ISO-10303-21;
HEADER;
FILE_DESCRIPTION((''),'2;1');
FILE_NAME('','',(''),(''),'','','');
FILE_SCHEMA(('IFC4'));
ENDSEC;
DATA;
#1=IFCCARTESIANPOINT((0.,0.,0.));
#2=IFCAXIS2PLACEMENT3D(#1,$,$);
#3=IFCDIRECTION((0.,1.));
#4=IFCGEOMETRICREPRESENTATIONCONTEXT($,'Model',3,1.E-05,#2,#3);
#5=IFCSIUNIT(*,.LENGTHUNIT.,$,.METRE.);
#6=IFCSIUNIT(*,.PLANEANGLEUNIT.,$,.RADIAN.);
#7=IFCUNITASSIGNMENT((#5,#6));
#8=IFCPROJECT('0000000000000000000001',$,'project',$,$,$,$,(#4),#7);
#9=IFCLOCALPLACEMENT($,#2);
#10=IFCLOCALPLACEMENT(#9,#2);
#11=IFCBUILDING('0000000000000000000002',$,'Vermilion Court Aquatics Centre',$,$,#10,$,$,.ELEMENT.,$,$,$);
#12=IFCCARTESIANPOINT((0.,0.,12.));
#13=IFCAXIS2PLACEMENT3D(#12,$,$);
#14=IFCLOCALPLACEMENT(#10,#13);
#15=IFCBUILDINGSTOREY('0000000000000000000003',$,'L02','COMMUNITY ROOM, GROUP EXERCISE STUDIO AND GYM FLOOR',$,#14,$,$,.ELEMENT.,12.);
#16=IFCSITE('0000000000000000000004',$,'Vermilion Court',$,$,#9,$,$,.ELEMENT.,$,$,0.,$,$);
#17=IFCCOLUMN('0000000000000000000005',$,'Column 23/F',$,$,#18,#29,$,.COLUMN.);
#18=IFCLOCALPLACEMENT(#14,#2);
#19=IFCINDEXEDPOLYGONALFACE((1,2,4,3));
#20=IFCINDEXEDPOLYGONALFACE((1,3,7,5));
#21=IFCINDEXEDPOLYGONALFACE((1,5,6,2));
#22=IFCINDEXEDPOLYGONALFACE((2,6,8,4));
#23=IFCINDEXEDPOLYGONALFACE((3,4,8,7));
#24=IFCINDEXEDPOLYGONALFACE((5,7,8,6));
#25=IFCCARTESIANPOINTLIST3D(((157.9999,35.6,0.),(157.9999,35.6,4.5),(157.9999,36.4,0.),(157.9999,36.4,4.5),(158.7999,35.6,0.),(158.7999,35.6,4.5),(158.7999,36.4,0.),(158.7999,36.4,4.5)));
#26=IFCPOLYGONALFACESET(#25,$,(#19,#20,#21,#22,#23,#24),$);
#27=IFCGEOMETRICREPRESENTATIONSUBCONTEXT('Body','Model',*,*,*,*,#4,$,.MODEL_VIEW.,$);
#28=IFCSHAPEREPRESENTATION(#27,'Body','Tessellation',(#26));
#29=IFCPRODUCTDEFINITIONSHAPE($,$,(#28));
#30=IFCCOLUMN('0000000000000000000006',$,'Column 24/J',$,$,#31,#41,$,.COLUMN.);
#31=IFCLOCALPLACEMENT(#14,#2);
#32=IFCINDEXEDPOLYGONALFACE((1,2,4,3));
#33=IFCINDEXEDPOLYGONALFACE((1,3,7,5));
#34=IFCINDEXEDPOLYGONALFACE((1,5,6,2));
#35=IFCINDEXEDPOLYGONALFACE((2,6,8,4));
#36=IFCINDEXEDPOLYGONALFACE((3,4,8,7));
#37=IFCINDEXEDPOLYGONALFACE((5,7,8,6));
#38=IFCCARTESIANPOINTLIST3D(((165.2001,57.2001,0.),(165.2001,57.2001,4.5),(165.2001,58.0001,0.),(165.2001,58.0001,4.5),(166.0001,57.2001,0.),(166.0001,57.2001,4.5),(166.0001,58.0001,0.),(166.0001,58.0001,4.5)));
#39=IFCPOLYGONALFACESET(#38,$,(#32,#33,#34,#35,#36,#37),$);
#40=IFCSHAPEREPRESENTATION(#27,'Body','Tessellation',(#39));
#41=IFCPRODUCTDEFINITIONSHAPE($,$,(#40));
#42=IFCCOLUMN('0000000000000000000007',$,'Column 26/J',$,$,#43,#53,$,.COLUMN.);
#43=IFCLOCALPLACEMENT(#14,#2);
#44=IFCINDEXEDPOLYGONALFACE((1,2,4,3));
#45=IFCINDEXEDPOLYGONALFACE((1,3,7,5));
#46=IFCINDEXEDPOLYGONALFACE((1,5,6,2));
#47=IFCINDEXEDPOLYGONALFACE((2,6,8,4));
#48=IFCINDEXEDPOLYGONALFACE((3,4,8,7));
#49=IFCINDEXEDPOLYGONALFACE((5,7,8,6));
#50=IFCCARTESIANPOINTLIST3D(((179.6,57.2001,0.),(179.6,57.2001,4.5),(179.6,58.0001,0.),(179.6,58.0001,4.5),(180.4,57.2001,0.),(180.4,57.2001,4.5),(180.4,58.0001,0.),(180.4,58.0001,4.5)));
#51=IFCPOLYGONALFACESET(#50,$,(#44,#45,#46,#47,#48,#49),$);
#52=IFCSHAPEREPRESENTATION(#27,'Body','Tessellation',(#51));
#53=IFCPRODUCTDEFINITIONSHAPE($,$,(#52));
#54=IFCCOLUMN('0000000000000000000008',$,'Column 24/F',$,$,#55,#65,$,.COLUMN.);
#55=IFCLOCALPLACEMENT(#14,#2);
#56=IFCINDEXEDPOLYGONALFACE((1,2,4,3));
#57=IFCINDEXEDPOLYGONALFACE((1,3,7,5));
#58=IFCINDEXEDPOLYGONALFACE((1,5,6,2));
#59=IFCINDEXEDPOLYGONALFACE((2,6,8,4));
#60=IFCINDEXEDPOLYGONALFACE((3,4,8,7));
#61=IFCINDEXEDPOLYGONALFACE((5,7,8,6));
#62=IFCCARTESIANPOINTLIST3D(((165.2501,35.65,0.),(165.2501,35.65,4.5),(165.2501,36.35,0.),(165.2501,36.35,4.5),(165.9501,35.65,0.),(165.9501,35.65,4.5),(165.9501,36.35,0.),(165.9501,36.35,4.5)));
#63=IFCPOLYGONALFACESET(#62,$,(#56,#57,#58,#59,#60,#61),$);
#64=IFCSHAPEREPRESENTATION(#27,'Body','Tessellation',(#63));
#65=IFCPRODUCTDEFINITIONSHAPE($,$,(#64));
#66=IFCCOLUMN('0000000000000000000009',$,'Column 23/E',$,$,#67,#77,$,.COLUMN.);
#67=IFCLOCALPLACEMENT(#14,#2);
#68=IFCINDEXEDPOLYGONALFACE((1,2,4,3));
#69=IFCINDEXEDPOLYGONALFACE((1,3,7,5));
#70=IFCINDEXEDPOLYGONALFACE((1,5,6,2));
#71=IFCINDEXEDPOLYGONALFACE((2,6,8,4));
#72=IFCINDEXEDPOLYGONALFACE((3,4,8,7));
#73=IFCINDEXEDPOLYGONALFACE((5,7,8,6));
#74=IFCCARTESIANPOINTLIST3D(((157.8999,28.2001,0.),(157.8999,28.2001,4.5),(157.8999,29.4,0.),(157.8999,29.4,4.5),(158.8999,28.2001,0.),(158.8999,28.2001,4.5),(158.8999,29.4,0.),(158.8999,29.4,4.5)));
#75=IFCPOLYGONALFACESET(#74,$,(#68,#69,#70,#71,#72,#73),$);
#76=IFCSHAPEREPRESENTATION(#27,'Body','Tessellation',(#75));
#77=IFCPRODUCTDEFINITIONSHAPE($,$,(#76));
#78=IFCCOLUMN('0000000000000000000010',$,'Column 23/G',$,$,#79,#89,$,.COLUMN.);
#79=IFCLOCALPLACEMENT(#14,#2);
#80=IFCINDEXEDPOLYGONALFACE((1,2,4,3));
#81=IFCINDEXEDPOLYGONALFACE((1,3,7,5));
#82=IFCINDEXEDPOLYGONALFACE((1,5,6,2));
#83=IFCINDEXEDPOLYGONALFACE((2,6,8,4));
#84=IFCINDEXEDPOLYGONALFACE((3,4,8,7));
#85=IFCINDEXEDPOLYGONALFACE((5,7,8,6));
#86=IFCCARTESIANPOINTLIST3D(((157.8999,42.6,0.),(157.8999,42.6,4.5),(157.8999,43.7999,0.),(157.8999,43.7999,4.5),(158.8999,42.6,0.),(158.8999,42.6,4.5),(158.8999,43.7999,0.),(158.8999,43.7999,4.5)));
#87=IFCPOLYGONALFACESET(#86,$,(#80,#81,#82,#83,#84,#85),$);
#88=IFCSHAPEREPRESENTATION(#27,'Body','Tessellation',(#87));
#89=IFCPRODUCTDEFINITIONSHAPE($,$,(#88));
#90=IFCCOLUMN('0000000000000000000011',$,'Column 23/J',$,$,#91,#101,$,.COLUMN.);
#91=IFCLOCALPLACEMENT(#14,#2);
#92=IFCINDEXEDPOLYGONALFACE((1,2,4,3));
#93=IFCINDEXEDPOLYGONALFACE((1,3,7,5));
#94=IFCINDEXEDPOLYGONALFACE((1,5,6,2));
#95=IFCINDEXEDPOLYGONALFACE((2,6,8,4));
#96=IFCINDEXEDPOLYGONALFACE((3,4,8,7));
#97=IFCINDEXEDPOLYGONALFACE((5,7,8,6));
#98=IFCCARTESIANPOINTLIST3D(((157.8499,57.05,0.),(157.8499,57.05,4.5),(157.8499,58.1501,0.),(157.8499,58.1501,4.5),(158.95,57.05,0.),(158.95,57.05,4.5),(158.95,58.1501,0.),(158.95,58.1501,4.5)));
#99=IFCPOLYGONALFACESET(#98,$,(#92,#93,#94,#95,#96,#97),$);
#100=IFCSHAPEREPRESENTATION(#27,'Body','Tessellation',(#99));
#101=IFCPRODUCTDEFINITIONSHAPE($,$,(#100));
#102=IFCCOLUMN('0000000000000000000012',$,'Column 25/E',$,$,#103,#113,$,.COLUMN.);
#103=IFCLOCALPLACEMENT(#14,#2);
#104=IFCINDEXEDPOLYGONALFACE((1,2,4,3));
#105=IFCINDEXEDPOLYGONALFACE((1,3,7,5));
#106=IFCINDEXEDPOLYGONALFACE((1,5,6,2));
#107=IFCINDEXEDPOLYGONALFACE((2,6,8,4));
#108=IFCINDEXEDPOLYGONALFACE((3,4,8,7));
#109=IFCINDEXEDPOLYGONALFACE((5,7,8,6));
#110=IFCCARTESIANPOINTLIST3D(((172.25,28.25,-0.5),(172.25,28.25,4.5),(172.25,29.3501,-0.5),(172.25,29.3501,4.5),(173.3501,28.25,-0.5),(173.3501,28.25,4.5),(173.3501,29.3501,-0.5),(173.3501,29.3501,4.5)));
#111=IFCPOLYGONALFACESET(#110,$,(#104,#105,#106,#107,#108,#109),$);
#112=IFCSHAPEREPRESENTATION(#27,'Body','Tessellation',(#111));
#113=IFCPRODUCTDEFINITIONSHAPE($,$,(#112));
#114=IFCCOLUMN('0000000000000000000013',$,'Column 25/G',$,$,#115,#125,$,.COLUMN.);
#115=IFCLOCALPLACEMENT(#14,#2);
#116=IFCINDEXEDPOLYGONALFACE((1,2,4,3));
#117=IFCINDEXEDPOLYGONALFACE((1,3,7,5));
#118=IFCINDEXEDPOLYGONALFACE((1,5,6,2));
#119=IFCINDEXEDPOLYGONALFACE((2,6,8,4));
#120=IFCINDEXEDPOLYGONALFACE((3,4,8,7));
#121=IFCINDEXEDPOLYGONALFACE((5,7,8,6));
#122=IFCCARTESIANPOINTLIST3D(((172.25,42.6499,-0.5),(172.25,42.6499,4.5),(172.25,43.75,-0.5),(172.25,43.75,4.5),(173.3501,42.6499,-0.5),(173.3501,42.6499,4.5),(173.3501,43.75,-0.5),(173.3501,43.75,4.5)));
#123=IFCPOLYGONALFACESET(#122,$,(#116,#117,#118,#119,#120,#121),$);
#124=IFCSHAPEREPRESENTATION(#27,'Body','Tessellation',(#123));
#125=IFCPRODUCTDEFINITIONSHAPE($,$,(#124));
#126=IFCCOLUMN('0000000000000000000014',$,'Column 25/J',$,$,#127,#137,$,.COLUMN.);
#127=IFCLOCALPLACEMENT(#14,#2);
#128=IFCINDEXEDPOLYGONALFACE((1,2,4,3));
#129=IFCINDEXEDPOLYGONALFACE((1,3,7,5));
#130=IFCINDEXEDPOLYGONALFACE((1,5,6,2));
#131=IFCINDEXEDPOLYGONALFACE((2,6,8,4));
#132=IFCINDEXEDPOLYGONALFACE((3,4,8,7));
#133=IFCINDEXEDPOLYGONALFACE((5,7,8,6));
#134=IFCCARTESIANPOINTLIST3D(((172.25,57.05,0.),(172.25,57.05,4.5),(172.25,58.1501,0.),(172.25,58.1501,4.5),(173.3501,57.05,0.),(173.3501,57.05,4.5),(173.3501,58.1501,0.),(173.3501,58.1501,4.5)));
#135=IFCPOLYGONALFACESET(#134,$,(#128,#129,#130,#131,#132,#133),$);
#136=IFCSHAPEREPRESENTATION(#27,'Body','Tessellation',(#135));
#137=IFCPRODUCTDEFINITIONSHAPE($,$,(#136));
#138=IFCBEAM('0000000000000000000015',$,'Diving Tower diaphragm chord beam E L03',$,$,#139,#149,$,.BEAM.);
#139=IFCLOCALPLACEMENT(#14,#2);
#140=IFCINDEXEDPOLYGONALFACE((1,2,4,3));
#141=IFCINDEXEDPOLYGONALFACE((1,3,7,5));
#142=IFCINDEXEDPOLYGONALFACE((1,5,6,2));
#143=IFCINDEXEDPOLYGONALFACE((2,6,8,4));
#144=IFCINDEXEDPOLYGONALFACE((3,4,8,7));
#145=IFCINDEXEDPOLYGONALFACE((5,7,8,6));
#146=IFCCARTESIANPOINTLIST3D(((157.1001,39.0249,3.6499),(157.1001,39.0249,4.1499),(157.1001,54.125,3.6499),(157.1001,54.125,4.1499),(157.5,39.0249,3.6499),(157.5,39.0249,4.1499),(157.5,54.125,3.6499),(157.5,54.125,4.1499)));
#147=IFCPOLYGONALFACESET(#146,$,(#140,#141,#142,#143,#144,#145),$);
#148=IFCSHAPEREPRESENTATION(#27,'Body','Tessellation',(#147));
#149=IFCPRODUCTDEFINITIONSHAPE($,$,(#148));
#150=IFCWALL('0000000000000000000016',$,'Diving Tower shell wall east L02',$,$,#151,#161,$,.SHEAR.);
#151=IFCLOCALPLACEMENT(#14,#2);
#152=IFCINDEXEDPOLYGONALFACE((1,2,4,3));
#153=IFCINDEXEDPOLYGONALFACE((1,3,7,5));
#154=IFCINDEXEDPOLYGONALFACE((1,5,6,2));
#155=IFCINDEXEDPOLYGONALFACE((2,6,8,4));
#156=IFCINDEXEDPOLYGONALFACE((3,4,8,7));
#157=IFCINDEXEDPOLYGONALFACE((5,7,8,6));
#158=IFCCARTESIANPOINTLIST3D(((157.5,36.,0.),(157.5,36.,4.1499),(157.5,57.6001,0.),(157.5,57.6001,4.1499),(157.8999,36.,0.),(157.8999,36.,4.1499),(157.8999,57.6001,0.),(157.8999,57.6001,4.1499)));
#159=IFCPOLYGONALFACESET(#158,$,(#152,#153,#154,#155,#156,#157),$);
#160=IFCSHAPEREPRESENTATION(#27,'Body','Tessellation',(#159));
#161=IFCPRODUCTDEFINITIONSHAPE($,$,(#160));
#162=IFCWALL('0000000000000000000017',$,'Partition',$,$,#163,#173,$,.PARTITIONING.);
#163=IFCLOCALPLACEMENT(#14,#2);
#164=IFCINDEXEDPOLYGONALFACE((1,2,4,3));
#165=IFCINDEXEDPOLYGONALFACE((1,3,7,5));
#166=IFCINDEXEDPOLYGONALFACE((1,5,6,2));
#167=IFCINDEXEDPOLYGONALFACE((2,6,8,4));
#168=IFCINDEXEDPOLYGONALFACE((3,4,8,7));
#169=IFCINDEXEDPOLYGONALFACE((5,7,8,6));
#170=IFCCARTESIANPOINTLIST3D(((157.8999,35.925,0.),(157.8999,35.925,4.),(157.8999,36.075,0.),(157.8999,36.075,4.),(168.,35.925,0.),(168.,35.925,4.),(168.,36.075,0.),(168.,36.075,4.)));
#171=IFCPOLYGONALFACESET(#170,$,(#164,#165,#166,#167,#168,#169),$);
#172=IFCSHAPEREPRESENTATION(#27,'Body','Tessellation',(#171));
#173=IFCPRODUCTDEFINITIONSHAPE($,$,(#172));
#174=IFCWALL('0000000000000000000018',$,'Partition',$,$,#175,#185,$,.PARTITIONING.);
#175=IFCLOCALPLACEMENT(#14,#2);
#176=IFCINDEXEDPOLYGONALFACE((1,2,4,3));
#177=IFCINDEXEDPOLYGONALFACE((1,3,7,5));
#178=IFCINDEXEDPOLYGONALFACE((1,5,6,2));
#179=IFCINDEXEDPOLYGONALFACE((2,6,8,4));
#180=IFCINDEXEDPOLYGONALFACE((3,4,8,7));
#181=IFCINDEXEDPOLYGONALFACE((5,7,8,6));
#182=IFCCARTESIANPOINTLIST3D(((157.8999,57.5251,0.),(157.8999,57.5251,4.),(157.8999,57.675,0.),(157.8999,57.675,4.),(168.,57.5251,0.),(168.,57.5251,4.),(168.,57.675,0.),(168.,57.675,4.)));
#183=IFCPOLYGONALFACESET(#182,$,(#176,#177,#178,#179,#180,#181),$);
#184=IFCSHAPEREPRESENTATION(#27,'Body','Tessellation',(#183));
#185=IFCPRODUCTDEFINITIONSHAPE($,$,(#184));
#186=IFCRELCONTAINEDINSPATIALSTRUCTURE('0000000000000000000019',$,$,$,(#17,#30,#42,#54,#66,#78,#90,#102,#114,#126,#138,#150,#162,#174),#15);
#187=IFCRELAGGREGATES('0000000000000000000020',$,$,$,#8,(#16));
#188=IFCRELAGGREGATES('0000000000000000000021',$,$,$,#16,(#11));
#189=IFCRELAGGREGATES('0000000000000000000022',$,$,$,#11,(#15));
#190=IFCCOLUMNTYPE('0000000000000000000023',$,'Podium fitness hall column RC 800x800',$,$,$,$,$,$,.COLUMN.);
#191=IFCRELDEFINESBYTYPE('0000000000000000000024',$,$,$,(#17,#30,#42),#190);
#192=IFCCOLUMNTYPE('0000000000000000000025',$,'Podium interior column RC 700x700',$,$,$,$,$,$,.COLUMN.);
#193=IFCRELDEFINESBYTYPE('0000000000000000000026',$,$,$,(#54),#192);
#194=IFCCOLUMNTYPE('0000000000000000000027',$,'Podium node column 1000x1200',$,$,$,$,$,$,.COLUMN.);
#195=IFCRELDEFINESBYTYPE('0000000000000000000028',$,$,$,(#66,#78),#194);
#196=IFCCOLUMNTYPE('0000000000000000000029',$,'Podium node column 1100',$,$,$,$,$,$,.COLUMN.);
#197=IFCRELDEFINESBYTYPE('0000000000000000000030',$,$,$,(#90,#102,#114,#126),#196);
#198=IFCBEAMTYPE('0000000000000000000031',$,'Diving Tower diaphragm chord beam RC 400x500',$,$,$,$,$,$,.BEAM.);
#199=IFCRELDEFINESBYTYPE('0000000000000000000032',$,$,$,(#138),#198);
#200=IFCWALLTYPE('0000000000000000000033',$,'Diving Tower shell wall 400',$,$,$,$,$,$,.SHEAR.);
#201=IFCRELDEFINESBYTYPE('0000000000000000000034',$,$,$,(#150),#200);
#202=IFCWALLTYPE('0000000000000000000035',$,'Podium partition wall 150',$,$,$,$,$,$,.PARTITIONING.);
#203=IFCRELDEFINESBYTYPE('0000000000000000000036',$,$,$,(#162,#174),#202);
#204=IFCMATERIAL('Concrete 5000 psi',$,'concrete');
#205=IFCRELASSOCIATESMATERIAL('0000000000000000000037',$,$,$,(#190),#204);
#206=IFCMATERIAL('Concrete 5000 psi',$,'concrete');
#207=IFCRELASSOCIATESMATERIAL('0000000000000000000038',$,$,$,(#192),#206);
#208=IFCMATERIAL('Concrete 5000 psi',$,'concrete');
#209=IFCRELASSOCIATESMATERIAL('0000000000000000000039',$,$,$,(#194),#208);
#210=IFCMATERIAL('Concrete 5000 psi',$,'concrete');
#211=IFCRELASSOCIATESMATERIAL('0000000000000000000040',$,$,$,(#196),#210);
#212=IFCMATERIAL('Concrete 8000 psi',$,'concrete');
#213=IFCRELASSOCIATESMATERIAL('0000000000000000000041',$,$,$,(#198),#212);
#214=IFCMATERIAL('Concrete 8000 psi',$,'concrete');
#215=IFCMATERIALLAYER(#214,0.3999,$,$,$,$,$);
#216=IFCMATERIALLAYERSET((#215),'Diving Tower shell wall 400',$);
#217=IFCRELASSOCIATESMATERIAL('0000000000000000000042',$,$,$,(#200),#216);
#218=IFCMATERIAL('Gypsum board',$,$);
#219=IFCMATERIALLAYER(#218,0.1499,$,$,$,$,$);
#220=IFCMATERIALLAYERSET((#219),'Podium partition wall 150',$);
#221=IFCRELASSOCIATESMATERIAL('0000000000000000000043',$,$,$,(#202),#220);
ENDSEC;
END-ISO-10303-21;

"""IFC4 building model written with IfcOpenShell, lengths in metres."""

from ifc_helpers import new_model, si_unit, direction, frame, frame_2d, origin, origin_2d, place, context, subcontext, project, spatial, rectangle, extrude, material, layer, layer_set, material_profile, profile_set, type_object, element, save


model = new_model("IFC4")

# Units and contexts
model_context = context("Model", 3, precision=1e-05, world=origin(), true_north=direction((0.0, 1.0)))
body_context = subcontext(model_context, "Body", "Model", "MODEL_VIEW")
ifc_project = project(units=[si_unit("LENGTHUNIT", "METRE"), si_unit("PLANEANGLEUNIT", "RADIAN")], contexts=[model_context])

# Site, building, storey
site_placement = place(None, origin())
site = spatial("IfcSite", under=ifc_project, at=site_placement, Name="Vermilion Court", CompositionType="ELEMENT", RefElevation=0.0)
building_placement = place(site_placement, origin())
building = spatial("IfcBuilding", under=site, at=building_placement, Name="Vermilion Court Aquatics Centre", CompositionType="ELEMENT")
storey_placement = place(building_placement, frame((0.0, 0.0, 12.0)))
storey = spatial("IfcBuildingStorey", under=building, at=storey_placement, Name="L02", Description="COMMUNITY ROOM, GROUP EXERCISE STUDIO AND GYM FLOOR", CompositionType="ELEMENT", Elevation=12.0)

# Columns
ifc_material_1 = material(Name="Concrete 5000 psi", Category="concrete")
ifc_material_profile_1 = material_profile(ifc_material_1, rectangle(XDim=0.8, YDim=0.8, at=origin_2d()), Name="RC 800x800")
ifc_profile_set_1 = profile_set([ifc_material_profile_1], Name="Concrete 5000 psi")
column_type_1 = type_object("IfcColumnType", Name="Podium fitness hall column RC 800x800", PredefinedType="COLUMN", material=ifc_profile_set_1)
for number, where, z_axis, x_axis, name in (
    (1, (158.3999, 36.0, 0.0), (0.0, 0.0, 1.0), (1.0, 0.0, 0.0), "Column 23/F"),
    (2, (165.6001, 57.6001, 0.0), (0.0, 0.0, 1.0), (1.0, 0.0, 0.0), "Column 24/J"),
    (3, (180.0, 57.6001, 0.0), (0.0, 0.0, 1.0), (1.0, 0.0, 0.0), "Column 26/J"),
):
    element("IfcColumn", number, at=place(storey_placement, frame(where, z_axis=z_axis, x_axis=x_axis)), inside=storey, type_object=column_type_1, Name=name, PredefinedType="COLUMN", context=body_context, shape_type="SweptSolid", body=[
        extrude(rectangle(XDim=0.8, YDim=0.8, at=origin_2d()), origin(), (0.0, 0.0, 1.0), 4.5),
    ])
ifc_material_2 = material(Name="Concrete 5000 psi", Category="concrete")
ifc_material_profile_2 = material_profile(ifc_material_2, rectangle(XDim=0.7, YDim=0.7, at=origin_2d()), Name="RC 700x700")
ifc_profile_set_2 = profile_set([ifc_material_profile_2], Name="Concrete 5000 psi")
column_type_2 = type_object("IfcColumnType", Name="Podium interior column RC 700x700", PredefinedType="COLUMN", material=ifc_profile_set_2)
column_1_placement = place(storey_placement, frame((165.6001, 36.0, 0.0), z_axis=(0.0, 0.0, 1.0), x_axis=(1.0, 0.0, 0.0)))
element("IfcColumn", 4, at=column_1_placement, inside=storey, type_object=column_type_2, Name="Column 24/F", PredefinedType="COLUMN", context=body_context, shape_type="SweptSolid", body=[
    extrude(rectangle(XDim=0.7, YDim=0.7, at=origin_2d()), origin(), (0.0, 0.0, 1.0), 4.5),
])
ifc_material_3 = material(Name="Concrete 5000 psi", Category="concrete")
ifc_material_profile_3 = material_profile(ifc_material_3, rectangle(XDim=1.0, YDim=1.2, at=origin_2d()), Name="RC 1000x1200")
ifc_profile_set_3 = profile_set([ifc_material_profile_3], Name="Concrete 5000 psi")
column_type_3 = type_object("IfcColumnType", Name="Podium node column 1000x1200", PredefinedType="COLUMN", material=ifc_profile_set_3)
for number, where, z_axis, x_axis, name in (
    (5, (158.3999, 28.8, 0.0), (0.0, 0.0, 1.0), (1.0, 0.0, 0.0), "Column 23/E"),
    (6, (158.3999, 43.2, 0.0), (0.0, 0.0, 1.0), (1.0, 0.0, 0.0), "Column 23/G"),
):
    element("IfcColumn", number, at=place(storey_placement, frame(where, z_axis=z_axis, x_axis=x_axis)), inside=storey, type_object=column_type_3, Name=name, PredefinedType="COLUMN", context=body_context, shape_type="SweptSolid", body=[
        extrude(rectangle(XDim=1.0, YDim=1.2, at=origin_2d()), origin(), (0.0, 0.0, 1.0), 4.5),
    ])
ifc_material_4 = material(Name="Concrete 5000 psi", Category="concrete")
ifc_material_profile_4 = material_profile(ifc_material_4, rectangle(XDim=1.1001, YDim=1.1001, at=origin_2d()), Name="RC 1100x1100")
ifc_profile_set_4 = profile_set([ifc_material_profile_4], Name="Concrete 5000 psi")
column_type_4 = type_object("IfcColumnType", Name="Podium node column 1100", PredefinedType="COLUMN", material=ifc_profile_set_4)
column_2_placement = place(storey_placement, frame((158.3999, 57.6001, 0.0), z_axis=(0.0, 0.0, 1.0), x_axis=(1.0, 0.0, 0.0)))
element("IfcColumn", 7, at=column_2_placement, inside=storey, type_object=column_type_4, Name="Column 23/J", PredefinedType="COLUMN", context=body_context, shape_type="SweptSolid", body=[
    extrude(rectangle(XDim=1.1001, YDim=1.1001, at=origin_2d()), origin(), (0.0, 0.0, 1.0), 4.5),
])
for number, where, z_axis, x_axis, name in (
    (8, (172.8, 28.8, -0.5), (0.0, 0.0, 1.0), (1.0, 0.0, 0.0), "Column 25/E"),
    (9, (172.8, 43.2, -0.5), (0.0, 0.0, 1.0), (1.0, 0.0, 0.0), "Column 25/G"),
):
    element("IfcColumn", number, at=place(storey_placement, frame(where, z_axis=z_axis, x_axis=x_axis)), inside=storey, type_object=column_type_4, Name=name, PredefinedType="COLUMN", context=body_context, shape_type="SweptSolid", body=[
        extrude(rectangle(XDim=1.1001, YDim=1.1001, at=origin_2d()), origin(), (0.0, 0.0, 1.0), 5.0),
    ])
column_3_placement = place(storey_placement, frame((172.8, 57.6001, 0.0), z_axis=(0.0, 0.0, 1.0), x_axis=(1.0, 0.0, 0.0)))
element("IfcColumn", 10, at=column_3_placement, inside=storey, type_object=column_type_4, Name="Column 25/J", PredefinedType="COLUMN", context=body_context, shape_type="SweptSolid", body=[
    extrude(rectangle(XDim=1.1001, YDim=1.1001, at=origin_2d()), origin(), (0.0, 0.0, 1.0), 4.5),
])

# Beam
ifc_material_5 = material(Name="Concrete 8000 psi", Category="concrete")
ifc_material_profile_5 = material_profile(ifc_material_5, rectangle(XDim=0.3999, YDim=0.5, at=origin_2d()), Name="RC 400x500")
ifc_profile_set_5 = profile_set([ifc_material_profile_5], Name="Concrete 8000 psi")
beam_type = type_object("IfcBeamType", Name="Diving Tower diaphragm chord beam RC 400x500", PredefinedType="BEAM", material=ifc_profile_set_5)
beam_placement = place(storey_placement, frame((157.3, 39.0249, 3.8999), z_axis=(0.0, 1.0, 0.0), x_axis=(-1.0, 0.0, 0.0)))
element("IfcBeam", 11, at=beam_placement, inside=storey, type_object=beam_type, Name="Diving Tower diaphragm chord beam E L03", PredefinedType="BEAM", context=body_context, shape_type="SweptSolid", body=[
    extrude(rectangle(XDim=0.3999, YDim=0.5, at=origin_2d()), origin(), (0.0, 0.0, 1.0), 15.1001),
])

# Walls
ifc_material_6 = material(Name="Concrete 8000 psi", Category="concrete")
ifc_layer_1 = layer(ifc_material_6, 0.3999)
ifc_layer_set_1 = layer_set([ifc_layer_1], Name="Diving Tower shell wall 400")
wall_type_1 = type_object("IfcWallType", Name="Diving Tower shell wall 400", PredefinedType="SHEAR", material=ifc_layer_set_1)
wall_placement = place(storey_placement, frame((157.7, 36.0, 0.0), z_axis=(0.0, 0.0, 1.0), x_axis=(0.0, 1.0, 0.0)))
element("IfcWall", 12, at=wall_placement, inside=storey, type_object=wall_type_1, Name="Diving Tower shell wall east L02", PredefinedType="SHEAR", context=body_context, shape_type="SweptSolid", body=[
    extrude(rectangle(XDim=21.6001, YDim=0.3999, at=frame_2d((10.8, 0.0))), origin(), (0.0, 0.0, 1.0), 4.1499),
])
ifc_material_7 = material(Name="Gypsum board")
ifc_layer_2 = layer(ifc_material_7, 0.1499)
ifc_layer_set_2 = layer_set([ifc_layer_2], Name="Podium partition wall 150")
wall_type_2 = type_object("IfcWallType", Name="Podium partition wall 150", PredefinedType="PARTITIONING", material=ifc_layer_set_2)
for number, where, z_axis, x_axis, name in (
    (13, (157.8999, 36.0, 0.0), (0.0, 0.0, 1.0), (1.0, 0.0, 0.0), "Partition"),
    (14, (157.8999, 57.6001, 0.0), (0.0, 0.0, 1.0), (1.0, 0.0, 0.0), "Partition"),
):
    element("IfcWall", number, at=place(storey_placement, frame(where, z_axis=z_axis, x_axis=x_axis)), inside=storey, type_object=wall_type_2, Name=name, PredefinedType="PARTITIONING", context=body_context, shape_type="SweptSolid", body=[
        extrude(rectangle(XDim=10.1001, YDim=0.1499, at=frame_2d((5.05, 0.0))), origin(), (0.0, 0.0, 1.0), 4.0),
    ])

save(model, "model.ifc")
